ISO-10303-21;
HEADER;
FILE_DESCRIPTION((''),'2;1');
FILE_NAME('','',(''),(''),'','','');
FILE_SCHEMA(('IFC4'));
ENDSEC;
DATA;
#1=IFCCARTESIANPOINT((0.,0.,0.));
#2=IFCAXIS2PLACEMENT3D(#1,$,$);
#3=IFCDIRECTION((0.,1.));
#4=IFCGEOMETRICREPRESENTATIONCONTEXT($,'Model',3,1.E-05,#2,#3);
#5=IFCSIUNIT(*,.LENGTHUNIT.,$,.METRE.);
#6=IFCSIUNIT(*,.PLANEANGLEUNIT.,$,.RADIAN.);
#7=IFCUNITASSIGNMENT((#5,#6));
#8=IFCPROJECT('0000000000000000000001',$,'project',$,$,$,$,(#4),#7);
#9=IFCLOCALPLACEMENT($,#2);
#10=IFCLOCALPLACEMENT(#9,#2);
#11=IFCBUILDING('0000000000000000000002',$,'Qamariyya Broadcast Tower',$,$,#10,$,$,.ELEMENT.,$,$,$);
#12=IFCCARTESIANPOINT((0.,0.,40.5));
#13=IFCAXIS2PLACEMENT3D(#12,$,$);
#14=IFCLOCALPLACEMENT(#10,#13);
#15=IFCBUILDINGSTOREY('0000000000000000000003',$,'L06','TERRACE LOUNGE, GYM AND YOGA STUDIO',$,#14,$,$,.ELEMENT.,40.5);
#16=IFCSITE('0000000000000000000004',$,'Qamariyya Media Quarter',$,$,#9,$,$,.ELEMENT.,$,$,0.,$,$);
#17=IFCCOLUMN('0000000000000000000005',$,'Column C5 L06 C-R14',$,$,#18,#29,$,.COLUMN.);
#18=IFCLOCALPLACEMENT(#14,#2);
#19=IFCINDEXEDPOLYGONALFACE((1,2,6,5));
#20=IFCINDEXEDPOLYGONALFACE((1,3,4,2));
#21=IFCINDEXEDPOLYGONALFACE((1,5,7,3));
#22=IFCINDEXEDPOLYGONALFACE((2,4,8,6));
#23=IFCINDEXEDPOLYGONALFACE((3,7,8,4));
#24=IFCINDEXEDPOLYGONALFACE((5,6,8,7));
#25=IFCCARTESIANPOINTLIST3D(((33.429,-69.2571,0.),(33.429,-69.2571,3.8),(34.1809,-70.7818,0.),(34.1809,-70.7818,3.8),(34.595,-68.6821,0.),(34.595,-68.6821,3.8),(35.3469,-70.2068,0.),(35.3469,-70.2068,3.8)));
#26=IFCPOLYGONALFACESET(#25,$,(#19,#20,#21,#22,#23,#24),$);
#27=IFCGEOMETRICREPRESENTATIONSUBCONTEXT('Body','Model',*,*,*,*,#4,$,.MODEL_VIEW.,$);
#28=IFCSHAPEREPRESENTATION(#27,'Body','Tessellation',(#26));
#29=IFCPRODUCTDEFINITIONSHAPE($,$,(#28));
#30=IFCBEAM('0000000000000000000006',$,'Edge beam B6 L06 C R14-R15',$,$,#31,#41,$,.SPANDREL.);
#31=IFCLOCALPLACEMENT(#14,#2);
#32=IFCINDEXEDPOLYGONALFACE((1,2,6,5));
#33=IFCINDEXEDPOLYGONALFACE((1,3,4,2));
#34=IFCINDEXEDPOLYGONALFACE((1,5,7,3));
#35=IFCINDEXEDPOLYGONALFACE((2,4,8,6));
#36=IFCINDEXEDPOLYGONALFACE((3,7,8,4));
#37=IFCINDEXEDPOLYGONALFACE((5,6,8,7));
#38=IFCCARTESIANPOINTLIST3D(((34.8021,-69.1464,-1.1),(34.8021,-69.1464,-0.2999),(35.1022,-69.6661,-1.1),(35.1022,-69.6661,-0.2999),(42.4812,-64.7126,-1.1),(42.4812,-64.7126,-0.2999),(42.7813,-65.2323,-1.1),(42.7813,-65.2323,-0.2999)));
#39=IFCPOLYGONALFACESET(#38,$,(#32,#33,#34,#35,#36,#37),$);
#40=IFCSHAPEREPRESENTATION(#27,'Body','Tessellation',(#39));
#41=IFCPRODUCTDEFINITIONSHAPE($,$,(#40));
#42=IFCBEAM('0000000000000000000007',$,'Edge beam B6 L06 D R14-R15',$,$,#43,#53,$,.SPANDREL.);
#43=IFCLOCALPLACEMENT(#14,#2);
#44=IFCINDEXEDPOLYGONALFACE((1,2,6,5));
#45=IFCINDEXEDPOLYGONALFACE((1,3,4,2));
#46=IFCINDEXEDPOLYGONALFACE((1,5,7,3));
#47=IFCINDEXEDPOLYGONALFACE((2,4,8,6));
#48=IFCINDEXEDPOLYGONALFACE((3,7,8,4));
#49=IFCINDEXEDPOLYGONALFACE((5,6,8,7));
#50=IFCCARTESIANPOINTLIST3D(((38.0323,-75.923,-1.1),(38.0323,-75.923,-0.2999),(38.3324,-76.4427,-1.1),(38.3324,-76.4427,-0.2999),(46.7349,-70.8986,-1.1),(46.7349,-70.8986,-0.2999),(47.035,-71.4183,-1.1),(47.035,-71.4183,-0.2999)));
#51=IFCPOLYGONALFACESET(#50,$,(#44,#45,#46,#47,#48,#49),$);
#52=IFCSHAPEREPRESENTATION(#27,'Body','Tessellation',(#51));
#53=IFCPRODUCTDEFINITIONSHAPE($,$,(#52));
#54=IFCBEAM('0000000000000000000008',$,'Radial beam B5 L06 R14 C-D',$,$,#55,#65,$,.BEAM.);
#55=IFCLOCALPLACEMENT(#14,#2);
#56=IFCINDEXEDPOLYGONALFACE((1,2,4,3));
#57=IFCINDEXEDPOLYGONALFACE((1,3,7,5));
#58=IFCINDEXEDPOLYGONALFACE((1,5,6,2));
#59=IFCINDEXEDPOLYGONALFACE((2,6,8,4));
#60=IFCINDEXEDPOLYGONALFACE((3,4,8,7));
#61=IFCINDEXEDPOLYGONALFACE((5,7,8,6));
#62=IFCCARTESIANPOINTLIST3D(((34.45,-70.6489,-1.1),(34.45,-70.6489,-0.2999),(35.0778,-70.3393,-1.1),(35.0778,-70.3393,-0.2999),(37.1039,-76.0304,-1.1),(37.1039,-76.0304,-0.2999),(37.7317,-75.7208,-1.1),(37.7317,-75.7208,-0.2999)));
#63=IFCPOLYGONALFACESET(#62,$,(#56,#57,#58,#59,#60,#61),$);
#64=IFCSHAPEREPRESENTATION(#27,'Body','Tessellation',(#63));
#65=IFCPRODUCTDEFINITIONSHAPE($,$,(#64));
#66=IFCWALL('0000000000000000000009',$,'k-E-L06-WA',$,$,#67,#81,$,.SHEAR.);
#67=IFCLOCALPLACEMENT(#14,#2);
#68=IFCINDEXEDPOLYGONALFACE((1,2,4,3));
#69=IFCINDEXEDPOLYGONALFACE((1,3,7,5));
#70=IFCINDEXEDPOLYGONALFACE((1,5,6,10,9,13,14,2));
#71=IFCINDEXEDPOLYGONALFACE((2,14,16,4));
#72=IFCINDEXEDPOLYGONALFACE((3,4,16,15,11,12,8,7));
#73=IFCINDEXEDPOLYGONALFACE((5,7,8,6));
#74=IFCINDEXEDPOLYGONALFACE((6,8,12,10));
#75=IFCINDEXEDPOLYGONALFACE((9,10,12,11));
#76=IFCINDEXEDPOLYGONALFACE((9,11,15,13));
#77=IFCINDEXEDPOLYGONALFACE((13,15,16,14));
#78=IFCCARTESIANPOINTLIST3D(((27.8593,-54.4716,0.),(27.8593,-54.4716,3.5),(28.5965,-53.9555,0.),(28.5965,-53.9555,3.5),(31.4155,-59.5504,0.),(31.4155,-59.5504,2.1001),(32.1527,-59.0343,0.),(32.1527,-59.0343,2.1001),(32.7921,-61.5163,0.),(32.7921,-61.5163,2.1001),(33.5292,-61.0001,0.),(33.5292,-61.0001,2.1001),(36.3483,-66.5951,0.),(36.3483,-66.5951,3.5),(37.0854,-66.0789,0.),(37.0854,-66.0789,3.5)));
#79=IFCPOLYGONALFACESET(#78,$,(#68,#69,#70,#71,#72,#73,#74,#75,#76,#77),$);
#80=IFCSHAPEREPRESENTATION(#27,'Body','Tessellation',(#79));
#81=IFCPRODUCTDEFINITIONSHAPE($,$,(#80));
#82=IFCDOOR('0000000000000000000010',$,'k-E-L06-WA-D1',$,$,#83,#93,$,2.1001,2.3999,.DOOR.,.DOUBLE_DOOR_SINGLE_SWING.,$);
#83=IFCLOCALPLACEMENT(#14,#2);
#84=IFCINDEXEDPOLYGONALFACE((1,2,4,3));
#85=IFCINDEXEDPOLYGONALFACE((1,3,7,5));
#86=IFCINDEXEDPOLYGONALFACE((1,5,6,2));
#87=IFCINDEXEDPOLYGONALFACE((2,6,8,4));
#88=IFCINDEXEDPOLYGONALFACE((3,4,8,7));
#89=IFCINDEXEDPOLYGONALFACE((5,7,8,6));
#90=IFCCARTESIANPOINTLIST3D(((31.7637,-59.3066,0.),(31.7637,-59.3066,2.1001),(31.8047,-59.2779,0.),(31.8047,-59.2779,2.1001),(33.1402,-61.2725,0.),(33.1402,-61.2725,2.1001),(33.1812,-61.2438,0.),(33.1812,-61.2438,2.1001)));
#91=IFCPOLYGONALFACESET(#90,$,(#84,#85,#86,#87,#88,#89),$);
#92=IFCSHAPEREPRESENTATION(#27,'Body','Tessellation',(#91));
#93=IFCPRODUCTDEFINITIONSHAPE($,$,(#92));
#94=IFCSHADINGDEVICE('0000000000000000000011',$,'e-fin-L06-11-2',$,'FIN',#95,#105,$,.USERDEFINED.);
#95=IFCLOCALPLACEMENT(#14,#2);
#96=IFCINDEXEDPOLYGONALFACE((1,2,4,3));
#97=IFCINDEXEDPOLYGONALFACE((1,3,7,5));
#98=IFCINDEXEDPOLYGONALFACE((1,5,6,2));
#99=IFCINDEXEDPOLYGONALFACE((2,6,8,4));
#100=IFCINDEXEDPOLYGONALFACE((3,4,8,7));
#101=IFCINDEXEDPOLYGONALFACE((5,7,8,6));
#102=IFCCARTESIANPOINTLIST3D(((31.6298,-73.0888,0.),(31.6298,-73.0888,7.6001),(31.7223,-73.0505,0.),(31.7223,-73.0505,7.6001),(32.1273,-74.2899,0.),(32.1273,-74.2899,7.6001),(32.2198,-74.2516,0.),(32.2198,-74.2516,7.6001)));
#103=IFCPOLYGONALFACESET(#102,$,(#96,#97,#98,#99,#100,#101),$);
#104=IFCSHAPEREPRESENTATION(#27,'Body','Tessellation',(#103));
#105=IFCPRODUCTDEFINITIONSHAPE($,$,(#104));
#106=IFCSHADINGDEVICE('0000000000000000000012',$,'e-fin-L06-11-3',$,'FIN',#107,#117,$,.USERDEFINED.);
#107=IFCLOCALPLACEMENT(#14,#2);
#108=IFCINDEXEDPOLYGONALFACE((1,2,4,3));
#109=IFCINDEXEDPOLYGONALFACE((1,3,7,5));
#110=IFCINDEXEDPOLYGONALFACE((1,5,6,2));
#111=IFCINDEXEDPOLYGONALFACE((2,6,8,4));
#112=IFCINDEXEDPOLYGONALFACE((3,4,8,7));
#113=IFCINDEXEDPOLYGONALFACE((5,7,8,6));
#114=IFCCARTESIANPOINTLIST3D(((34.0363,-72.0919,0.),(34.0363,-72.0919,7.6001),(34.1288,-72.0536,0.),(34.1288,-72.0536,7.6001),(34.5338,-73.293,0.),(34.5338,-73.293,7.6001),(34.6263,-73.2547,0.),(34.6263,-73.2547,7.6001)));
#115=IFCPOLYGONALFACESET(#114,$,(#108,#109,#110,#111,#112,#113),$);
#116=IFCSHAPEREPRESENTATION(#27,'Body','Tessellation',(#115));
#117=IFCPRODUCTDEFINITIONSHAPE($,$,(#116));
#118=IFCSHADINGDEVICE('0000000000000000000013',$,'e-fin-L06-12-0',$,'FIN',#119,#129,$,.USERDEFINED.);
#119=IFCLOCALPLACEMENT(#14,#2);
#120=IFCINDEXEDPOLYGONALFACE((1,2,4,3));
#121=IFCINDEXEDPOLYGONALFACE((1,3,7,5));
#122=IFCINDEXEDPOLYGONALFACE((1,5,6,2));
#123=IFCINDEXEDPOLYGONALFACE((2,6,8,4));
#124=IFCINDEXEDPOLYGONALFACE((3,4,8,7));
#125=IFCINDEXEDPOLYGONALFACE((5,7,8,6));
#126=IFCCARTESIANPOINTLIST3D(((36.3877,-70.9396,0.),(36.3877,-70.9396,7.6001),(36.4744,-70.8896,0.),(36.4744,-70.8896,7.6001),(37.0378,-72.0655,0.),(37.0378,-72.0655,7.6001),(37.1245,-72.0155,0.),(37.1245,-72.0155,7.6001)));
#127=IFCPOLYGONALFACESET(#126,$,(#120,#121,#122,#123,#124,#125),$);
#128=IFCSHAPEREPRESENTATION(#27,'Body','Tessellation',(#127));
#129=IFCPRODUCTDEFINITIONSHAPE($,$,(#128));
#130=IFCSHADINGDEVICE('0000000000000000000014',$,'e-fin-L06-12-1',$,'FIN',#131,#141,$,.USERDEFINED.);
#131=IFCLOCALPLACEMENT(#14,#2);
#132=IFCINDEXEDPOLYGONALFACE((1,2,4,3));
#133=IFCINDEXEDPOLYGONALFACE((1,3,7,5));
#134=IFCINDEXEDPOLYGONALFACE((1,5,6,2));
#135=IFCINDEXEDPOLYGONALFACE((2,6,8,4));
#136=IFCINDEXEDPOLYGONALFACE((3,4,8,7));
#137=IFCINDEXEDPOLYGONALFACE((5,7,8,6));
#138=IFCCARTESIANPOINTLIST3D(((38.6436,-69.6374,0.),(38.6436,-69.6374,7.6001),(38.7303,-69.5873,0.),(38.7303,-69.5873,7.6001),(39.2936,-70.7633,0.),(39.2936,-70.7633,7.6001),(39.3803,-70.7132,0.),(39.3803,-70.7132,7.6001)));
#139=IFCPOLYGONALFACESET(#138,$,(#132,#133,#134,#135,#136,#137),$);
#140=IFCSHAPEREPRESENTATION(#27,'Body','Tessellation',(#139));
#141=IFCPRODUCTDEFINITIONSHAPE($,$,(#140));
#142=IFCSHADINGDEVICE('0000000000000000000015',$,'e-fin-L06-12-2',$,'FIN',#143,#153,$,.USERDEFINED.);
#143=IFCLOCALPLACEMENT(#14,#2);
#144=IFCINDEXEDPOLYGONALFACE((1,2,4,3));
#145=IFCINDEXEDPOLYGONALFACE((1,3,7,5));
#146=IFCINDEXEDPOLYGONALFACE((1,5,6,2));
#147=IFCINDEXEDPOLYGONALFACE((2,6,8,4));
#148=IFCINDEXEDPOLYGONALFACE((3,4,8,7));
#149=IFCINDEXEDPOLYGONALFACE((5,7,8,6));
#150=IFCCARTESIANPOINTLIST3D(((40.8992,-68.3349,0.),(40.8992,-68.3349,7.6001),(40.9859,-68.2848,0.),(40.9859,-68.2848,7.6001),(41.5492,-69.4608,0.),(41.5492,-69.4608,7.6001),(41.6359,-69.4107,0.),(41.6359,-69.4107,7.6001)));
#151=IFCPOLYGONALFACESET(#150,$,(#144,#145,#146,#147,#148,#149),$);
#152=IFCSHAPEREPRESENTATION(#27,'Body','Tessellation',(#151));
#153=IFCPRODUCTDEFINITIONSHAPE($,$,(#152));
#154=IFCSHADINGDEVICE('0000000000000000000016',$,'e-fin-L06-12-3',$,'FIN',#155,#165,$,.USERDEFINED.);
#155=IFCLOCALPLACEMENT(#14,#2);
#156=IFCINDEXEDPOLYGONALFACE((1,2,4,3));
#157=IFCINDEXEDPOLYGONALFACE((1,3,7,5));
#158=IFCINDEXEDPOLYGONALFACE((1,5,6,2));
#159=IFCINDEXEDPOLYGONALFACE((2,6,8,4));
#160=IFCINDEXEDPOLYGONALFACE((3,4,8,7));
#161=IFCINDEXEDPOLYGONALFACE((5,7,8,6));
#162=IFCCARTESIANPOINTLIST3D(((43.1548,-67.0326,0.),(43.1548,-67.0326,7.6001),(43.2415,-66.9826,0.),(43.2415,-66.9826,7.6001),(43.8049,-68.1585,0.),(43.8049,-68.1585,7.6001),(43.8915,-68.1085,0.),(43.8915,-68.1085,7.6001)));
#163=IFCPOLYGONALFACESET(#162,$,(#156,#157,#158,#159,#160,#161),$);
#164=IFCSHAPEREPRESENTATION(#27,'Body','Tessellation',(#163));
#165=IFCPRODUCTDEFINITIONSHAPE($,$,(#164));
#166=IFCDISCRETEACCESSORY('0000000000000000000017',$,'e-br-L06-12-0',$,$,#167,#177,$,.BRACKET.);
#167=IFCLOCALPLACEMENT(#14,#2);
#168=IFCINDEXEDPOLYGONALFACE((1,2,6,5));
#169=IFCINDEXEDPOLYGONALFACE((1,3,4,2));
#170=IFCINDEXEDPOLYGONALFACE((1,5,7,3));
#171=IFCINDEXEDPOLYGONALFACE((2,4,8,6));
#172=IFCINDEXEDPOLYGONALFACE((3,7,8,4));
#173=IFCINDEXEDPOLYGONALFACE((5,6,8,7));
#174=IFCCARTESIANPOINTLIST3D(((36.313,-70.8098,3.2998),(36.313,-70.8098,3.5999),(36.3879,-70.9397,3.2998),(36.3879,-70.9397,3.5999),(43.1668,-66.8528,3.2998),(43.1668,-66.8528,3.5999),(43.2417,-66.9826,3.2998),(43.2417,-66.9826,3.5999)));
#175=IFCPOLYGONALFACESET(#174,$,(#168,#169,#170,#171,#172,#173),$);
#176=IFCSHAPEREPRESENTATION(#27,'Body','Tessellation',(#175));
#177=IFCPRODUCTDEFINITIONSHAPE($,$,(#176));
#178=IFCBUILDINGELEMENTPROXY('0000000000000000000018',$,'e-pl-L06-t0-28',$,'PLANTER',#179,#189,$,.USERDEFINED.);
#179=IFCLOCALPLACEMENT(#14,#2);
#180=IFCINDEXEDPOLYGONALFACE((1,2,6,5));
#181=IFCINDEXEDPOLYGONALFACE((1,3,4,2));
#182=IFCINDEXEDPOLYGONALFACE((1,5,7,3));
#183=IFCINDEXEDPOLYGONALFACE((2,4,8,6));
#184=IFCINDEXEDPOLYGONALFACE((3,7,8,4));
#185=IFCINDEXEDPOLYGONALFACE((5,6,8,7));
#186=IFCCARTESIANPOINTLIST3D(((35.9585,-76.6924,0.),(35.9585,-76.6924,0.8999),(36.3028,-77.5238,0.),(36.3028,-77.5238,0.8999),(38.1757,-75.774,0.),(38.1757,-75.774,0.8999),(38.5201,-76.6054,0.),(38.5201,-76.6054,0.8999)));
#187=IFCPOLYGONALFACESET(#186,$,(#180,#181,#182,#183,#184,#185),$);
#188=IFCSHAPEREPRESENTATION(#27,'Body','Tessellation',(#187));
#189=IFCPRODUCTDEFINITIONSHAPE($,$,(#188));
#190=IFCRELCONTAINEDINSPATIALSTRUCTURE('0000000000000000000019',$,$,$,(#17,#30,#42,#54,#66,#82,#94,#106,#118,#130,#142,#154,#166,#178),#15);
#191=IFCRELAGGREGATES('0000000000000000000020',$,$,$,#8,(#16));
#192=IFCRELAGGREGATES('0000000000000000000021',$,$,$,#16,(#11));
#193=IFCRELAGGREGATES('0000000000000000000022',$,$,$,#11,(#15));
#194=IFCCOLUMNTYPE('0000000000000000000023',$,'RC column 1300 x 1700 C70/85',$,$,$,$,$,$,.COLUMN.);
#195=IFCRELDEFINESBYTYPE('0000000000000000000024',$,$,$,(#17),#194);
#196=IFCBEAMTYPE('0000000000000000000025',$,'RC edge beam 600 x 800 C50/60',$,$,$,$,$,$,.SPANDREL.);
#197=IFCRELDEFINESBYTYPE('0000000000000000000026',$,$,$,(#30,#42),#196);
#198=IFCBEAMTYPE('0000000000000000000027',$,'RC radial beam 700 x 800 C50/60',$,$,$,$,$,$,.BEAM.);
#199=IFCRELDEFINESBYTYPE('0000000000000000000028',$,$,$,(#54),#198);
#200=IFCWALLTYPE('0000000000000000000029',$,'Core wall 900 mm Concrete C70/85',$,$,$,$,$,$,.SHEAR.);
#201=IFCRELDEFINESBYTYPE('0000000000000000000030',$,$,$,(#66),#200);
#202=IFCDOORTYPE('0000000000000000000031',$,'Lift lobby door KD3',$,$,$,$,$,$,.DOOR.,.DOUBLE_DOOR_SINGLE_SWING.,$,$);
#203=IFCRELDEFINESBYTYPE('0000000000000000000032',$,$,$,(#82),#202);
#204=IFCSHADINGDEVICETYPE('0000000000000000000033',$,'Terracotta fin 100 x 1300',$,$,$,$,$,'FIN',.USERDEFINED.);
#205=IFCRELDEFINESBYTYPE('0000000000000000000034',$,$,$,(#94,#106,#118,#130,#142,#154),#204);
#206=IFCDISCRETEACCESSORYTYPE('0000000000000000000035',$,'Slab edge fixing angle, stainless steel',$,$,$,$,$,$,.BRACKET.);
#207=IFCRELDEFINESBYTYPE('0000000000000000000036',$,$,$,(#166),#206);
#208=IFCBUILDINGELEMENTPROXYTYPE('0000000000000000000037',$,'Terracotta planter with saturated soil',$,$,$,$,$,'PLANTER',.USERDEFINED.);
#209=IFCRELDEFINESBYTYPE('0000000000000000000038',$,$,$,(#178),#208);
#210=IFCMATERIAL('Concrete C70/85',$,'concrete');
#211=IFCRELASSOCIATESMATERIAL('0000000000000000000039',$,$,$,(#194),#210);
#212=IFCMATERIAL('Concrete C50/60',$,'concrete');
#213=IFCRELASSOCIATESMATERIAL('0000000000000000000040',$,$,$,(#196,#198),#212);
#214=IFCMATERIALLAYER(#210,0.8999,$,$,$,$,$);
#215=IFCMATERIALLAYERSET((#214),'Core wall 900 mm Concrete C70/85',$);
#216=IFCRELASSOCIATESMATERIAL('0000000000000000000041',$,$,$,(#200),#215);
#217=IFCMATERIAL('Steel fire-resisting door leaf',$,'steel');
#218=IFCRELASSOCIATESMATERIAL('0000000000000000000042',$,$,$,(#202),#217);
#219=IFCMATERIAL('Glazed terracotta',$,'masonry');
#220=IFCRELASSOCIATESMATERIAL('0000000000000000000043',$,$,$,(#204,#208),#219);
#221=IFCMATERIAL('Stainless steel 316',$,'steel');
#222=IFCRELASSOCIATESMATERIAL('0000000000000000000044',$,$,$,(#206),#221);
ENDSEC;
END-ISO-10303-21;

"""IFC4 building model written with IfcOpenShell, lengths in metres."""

from ifc_helpers import new_model, si_unit, direction, frame, frame_2d, origin, origin_2d, place, context, subcontext, project, spatial, rectangle, extrude, material, layer, layer_set, material_profile, profile_set, type_object, element, fill, save


model = new_model("IFC4")

# Units and contexts
model_context = context("Model", 3, precision=1e-05, world=origin(), true_north=direction((0.0, 1.0)))
body_context = subcontext(model_context, "Body", "Model", "MODEL_VIEW")
ifc_project = project(units=[si_unit("LENGTHUNIT", "METRE"), si_unit("PLANEANGLEUNIT", "RADIAN")], contexts=[model_context])

# Site, building, storey
site_placement = place(None, origin())
site = spatial("IfcSite", under=ifc_project, at=site_placement, Name="Qamariyya Media Quarter", CompositionType="ELEMENT", RefElevation=0.0)
building_placement = place(site_placement, origin())
building = spatial("IfcBuilding", under=site, at=building_placement, Name="Qamariyya Broadcast Tower", CompositionType="ELEMENT")
storey_placement = place(building_placement, frame((0.0, 0.0, 40.5)))
storey = spatial("IfcBuildingStorey", under=building, at=storey_placement, Name="L06", Description="TERRACE LOUNGE, GYM AND YOGA STUDIO", CompositionType="ELEMENT", Elevation=40.5)

# Column
ifc_material_1 = material(Name="Concrete C70/85", Category="concrete")
ifc_material_profile_1 = material_profile(ifc_material_1, rectangle(XDim=1.3, YDim=1.7, at=origin_2d()))
ifc_profile_set_1 = profile_set([ifc_material_profile_1], Name="Concrete C70/85")
column_type = type_object("IfcColumnType", Name="RC column 1300 x 1700 C70/85", PredefinedType="COLUMN", material=ifc_profile_set_1)
column_placement = place(storey_placement, frame((34.3879, -69.7319, 0.0), z_axis=(0.0, 0.0, 1.0), x_axis=(0.896873, 0.442289, 0.0)))
element("IfcColumn", 1, at=column_placement, inside=storey, type_object=column_type, Name="Column C5 L06 C-R14", PredefinedType="COLUMN", context=body_context, shape_type="SweptSolid", body=[
    extrude(rectangle(XDim=1.3, YDim=1.7, at=origin_2d()), origin(), (0.0, 0.0, 1.0), 3.8),
])

# Beams
ifc_material_2 = material(Name="Concrete C50/60", Category="concrete")
ifc_material_profile_2 = material_profile(ifc_material_2, rectangle(XDim=0.6001, YDim=0.8, at=origin_2d()))
ifc_profile_set_2 = profile_set([ifc_material_profile_2], Name="Concrete C50/60")
beam_type_1 = type_object("IfcBeamType", Name="RC edge beam 600 x 800 C50/60", PredefinedType="SPANDREL", material=ifc_profile_set_2)
beam_1_placement = place(storey_placement, frame((34.9521, -69.4062, -0.7), z_axis=(0.866013, 0.500021, 0.0), x_axis=(-0.500021, 0.866013, 0.0)))
element("IfcBeam", 2, at=beam_1_placement, inside=storey, type_object=beam_type_1, Name="Edge beam B6 L06 C R14-R15", PredefinedType="SPANDREL", context=body_context, shape_type="SweptSolid", body=[
    extrude(rectangle(XDim=0.6001, YDim=0.8, at=origin_2d()), origin(), (0.0, 0.0, 1.0), 8.8672),
])
beam_2_placement = place(storey_placement, frame((38.1824, -76.1829, -0.7), z_axis=(0.866028, 0.499996, 0.0), x_axis=(-0.499996, 0.866028, 0.0)))
element("IfcBeam", 3, at=beam_2_placement, inside=storey, type_object=beam_type_1, Name="Edge beam B6 L06 D R14-R15", PredefinedType="SPANDREL", context=body_context, shape_type="SweptSolid", body=[
    extrude(rectangle(XDim=0.6001, YDim=0.8, at=origin_2d()), origin(), (0.0, 0.0, 1.0), 10.0488),
])
ifc_material_profile_3 = material_profile(ifc_material_2, rectangle(XDim=0.7, YDim=0.8, at=origin_2d()))
ifc_profile_set_3 = profile_set([ifc_material_profile_3], Name="Concrete C50/60")
beam_type_2 = type_object("IfcBeamType", Name="RC radial beam 700 x 800 C50/60", PredefinedType="BEAM", material=ifc_profile_set_3)
beam_3_placement = place(storey_placement, frame((34.7639, -70.4941, -0.7), z_axis=(0.442292, -0.896871, 0.0), x_axis=(0.896871, 0.442292, 0.0)))
element("IfcBeam", 4, at=beam_3_placement, inside=storey, type_object=beam_type_2, Name="Radial beam B5 L06 R14 C-D", PredefinedType="BEAM", context=body_context, shape_type="SweptSolid", body=[
    extrude(rectangle(XDim=0.7, YDim=0.8, at=origin_2d()), origin(), (0.0, 0.0, 1.0), 6.0002),
])

# Wall, opening, door
ifc_layer = layer(ifc_material_1, 0.8999)
ifc_layer_set = layer_set([ifc_layer], Name="Core wall 900 mm Concrete C70/85")
wall_type = type_object("IfcWallType", Name="Core wall 900 mm Concrete C70/85", PredefinedType="SHEAR", material=ifc_layer_set)
wall_placement = place(storey_placement, frame((36.7168, -66.3369, 0.0), z_axis=(0.0, 0.0, 1.0), x_axis=(-0.573577, 0.819151, 0.0)))
wall = element("IfcWall", 5, at=wall_placement, inside=storey, type_object=wall_type, Name="k-E-L06-WA", PredefinedType="SHEAR", context=body_context, shape_type="SweptSolid", body=[
    extrude(rectangle(XDim=14.8, YDim=0.8999, at=frame_2d((7.3999, 0.0))), origin(), (0.0, 0.0, 1.0), 3.5),
])
opening_placement = place(wall_placement, frame((6.2, 0.0, 0.0)))
opening = element("IfcOpeningElement", 6, at=opening_placement, cuts=wall, PredefinedType="OPENING", context=body_context, shape_type="SweptSolid", body=[
    extrude(rectangle(XDim=2.3999, YDim=2.1001, at=frame_2d((1.2, 1.05))), frame((0.0, 0.46, 0.0), z_axis=(0.0, -1.0, 0.0), x_axis=(1.0, 0.0, 0.0)), (0.0, 0.0, 1.0), 0.9199),
])
ifc_material_3 = material(Name="Steel fire-resisting door leaf", Category="steel")
door_type = type_object("IfcDoorType", Name="Lift lobby door KD3", OperationType="DOUBLE_DOOR_SINGLE_SWING", PredefinedType="DOOR", material=ifc_material_3)
door_placement = place(opening_placement, origin())
door = element("IfcDoor", 7, at=door_placement, inside=storey, type_object=door_type, Name="k-E-L06-WA-D1", OperationType="DOUBLE_DOOR_SINGLE_SWING", OverallHeight=2.1001, OverallWidth=2.3999, PredefinedType="DOOR", context=body_context, shape_type="SweptSolid", body=[
    extrude(rectangle(XDim=2.3999, YDim=2.1001, at=frame_2d((1.2, 1.05))), frame((0.0, 0.0249, 0.0), z_axis=(0.0, -1.0, 0.0), x_axis=(1.0, 0.0, 0.0)), (0.0, 0.0, 1.0), 0.05),
])
fill(opening, door)

# Shading devices
ifc_material_4 = material(Name="Glazed terracotta", Category="masonry")
ifc_material_profile_4 = material_profile(ifc_material_4, rectangle(XDim=1.3, YDim=0.1001, at=origin_2d()))
ifc_profile_set_4 = profile_set([ifc_material_profile_4], Name="Glazed terracotta")
shading_device_type_1 = type_object("IfcShadingDeviceType", Name="Terracotta fin 100 x 1300", ElementType="FIN", PredefinedType="USERDEFINED", material=ifc_profile_set_4)
for number, where, z_axis, x_axis, name in (
    (8, (31.9248, -73.6702, 0.0), (0.0, 0.0, 1.0), (0.382683, -0.92388, 0.0), "e-fin-L06-11-2"),
    (9, (34.3313, -72.6733, 0.0), (0.0, 0.0, 1.0), (0.382683, -0.92388, 0.0), "e-fin-L06-11-3"),
    (10, (36.7561, -71.4775, 0.0), (0.0, 0.0, 1.0), (0.5, -0.866025, 0.0), "e-fin-L06-12-0"),
    (11, (39.012, -70.1753, 0.0), (0.0, 0.0, 1.0), (0.5, -0.866025, 0.0), "e-fin-L06-12-1"),
    (12, (41.2676, -68.8728, 0.0), (0.0, 0.0, 1.0), (0.5, -0.866025, 0.0), "e-fin-L06-12-2"),
    (13, (43.5232, -67.5706, 0.0), (0.0, 0.0, 1.0), (0.5, -0.866025, 0.0), "e-fin-L06-12-3"),
):
    element("IfcShadingDevice", number, at=place(storey_placement, frame(where, z_axis=z_axis, x_axis=x_axis)), inside=storey, type_object=shading_device_type_1, Name=name, ObjectType="FIN", PredefinedType="USERDEFINED", context=body_context, shape_type="SweptSolid", body=[
        extrude(rectangle(XDim=1.3, YDim=0.1001, at=origin_2d()), origin(), (0.0, 0.0, 1.0), 7.6001),
    ])

# Discrete accessory
ifc_material_5 = material(Name="Stainless steel 316", Category="steel")
discrete_accessory_type = type_object("IfcDiscreteAccessoryType", Name="Slab edge fixing angle, stainless steel", PredefinedType="BRACKET", material=ifc_material_5)
discrete_accessory_placement = place(storey_placement, frame((39.7773, -68.8962, 3.2998), z_axis=(0.0, 0.0, 1.0), x_axis=(0.866025, 0.5, 0.0)))
element("IfcDiscreteAccessory", 14, at=discrete_accessory_placement, inside=storey, type_object=discrete_accessory_type, Name="e-br-L06-12-0", PredefinedType="BRACKET", context=body_context, shape_type="SweptSolid", body=[
    extrude(rectangle(XDim=7.9141, YDim=0.1499, at=origin_2d()), origin(), (0.0, 0.0, 1.0), 0.3),
])

# Building element proxy
building_element_proxy_type = type_object("IfcBuildingElementProxyType", Name="Terracotta planter with saturated soil", ElementType="PLANTER", PredefinedType="USERDEFINED", material=ifc_material_4)
proxy_placement = place(storey_placement, frame((37.2393, -76.6489, 0.0), z_axis=(0.0, 0.0, 1.0), x_axis=(-0.92388, -0.382683, 0.0)))
element("IfcBuildingElementProxy", 15, at=proxy_placement, inside=storey, type_object=building_element_proxy_type, Name="e-pl-L06-t0-28", ObjectType="PLANTER", PredefinedType="USERDEFINED", context=body_context, shape_type="SweptSolid", body=[
    extrude(rectangle(XDim=2.3999, YDim=0.8999, at=origin_2d()), origin(), (0.0, 0.0, 1.0), 0.8999),
])

save(model, "model.ifc")
